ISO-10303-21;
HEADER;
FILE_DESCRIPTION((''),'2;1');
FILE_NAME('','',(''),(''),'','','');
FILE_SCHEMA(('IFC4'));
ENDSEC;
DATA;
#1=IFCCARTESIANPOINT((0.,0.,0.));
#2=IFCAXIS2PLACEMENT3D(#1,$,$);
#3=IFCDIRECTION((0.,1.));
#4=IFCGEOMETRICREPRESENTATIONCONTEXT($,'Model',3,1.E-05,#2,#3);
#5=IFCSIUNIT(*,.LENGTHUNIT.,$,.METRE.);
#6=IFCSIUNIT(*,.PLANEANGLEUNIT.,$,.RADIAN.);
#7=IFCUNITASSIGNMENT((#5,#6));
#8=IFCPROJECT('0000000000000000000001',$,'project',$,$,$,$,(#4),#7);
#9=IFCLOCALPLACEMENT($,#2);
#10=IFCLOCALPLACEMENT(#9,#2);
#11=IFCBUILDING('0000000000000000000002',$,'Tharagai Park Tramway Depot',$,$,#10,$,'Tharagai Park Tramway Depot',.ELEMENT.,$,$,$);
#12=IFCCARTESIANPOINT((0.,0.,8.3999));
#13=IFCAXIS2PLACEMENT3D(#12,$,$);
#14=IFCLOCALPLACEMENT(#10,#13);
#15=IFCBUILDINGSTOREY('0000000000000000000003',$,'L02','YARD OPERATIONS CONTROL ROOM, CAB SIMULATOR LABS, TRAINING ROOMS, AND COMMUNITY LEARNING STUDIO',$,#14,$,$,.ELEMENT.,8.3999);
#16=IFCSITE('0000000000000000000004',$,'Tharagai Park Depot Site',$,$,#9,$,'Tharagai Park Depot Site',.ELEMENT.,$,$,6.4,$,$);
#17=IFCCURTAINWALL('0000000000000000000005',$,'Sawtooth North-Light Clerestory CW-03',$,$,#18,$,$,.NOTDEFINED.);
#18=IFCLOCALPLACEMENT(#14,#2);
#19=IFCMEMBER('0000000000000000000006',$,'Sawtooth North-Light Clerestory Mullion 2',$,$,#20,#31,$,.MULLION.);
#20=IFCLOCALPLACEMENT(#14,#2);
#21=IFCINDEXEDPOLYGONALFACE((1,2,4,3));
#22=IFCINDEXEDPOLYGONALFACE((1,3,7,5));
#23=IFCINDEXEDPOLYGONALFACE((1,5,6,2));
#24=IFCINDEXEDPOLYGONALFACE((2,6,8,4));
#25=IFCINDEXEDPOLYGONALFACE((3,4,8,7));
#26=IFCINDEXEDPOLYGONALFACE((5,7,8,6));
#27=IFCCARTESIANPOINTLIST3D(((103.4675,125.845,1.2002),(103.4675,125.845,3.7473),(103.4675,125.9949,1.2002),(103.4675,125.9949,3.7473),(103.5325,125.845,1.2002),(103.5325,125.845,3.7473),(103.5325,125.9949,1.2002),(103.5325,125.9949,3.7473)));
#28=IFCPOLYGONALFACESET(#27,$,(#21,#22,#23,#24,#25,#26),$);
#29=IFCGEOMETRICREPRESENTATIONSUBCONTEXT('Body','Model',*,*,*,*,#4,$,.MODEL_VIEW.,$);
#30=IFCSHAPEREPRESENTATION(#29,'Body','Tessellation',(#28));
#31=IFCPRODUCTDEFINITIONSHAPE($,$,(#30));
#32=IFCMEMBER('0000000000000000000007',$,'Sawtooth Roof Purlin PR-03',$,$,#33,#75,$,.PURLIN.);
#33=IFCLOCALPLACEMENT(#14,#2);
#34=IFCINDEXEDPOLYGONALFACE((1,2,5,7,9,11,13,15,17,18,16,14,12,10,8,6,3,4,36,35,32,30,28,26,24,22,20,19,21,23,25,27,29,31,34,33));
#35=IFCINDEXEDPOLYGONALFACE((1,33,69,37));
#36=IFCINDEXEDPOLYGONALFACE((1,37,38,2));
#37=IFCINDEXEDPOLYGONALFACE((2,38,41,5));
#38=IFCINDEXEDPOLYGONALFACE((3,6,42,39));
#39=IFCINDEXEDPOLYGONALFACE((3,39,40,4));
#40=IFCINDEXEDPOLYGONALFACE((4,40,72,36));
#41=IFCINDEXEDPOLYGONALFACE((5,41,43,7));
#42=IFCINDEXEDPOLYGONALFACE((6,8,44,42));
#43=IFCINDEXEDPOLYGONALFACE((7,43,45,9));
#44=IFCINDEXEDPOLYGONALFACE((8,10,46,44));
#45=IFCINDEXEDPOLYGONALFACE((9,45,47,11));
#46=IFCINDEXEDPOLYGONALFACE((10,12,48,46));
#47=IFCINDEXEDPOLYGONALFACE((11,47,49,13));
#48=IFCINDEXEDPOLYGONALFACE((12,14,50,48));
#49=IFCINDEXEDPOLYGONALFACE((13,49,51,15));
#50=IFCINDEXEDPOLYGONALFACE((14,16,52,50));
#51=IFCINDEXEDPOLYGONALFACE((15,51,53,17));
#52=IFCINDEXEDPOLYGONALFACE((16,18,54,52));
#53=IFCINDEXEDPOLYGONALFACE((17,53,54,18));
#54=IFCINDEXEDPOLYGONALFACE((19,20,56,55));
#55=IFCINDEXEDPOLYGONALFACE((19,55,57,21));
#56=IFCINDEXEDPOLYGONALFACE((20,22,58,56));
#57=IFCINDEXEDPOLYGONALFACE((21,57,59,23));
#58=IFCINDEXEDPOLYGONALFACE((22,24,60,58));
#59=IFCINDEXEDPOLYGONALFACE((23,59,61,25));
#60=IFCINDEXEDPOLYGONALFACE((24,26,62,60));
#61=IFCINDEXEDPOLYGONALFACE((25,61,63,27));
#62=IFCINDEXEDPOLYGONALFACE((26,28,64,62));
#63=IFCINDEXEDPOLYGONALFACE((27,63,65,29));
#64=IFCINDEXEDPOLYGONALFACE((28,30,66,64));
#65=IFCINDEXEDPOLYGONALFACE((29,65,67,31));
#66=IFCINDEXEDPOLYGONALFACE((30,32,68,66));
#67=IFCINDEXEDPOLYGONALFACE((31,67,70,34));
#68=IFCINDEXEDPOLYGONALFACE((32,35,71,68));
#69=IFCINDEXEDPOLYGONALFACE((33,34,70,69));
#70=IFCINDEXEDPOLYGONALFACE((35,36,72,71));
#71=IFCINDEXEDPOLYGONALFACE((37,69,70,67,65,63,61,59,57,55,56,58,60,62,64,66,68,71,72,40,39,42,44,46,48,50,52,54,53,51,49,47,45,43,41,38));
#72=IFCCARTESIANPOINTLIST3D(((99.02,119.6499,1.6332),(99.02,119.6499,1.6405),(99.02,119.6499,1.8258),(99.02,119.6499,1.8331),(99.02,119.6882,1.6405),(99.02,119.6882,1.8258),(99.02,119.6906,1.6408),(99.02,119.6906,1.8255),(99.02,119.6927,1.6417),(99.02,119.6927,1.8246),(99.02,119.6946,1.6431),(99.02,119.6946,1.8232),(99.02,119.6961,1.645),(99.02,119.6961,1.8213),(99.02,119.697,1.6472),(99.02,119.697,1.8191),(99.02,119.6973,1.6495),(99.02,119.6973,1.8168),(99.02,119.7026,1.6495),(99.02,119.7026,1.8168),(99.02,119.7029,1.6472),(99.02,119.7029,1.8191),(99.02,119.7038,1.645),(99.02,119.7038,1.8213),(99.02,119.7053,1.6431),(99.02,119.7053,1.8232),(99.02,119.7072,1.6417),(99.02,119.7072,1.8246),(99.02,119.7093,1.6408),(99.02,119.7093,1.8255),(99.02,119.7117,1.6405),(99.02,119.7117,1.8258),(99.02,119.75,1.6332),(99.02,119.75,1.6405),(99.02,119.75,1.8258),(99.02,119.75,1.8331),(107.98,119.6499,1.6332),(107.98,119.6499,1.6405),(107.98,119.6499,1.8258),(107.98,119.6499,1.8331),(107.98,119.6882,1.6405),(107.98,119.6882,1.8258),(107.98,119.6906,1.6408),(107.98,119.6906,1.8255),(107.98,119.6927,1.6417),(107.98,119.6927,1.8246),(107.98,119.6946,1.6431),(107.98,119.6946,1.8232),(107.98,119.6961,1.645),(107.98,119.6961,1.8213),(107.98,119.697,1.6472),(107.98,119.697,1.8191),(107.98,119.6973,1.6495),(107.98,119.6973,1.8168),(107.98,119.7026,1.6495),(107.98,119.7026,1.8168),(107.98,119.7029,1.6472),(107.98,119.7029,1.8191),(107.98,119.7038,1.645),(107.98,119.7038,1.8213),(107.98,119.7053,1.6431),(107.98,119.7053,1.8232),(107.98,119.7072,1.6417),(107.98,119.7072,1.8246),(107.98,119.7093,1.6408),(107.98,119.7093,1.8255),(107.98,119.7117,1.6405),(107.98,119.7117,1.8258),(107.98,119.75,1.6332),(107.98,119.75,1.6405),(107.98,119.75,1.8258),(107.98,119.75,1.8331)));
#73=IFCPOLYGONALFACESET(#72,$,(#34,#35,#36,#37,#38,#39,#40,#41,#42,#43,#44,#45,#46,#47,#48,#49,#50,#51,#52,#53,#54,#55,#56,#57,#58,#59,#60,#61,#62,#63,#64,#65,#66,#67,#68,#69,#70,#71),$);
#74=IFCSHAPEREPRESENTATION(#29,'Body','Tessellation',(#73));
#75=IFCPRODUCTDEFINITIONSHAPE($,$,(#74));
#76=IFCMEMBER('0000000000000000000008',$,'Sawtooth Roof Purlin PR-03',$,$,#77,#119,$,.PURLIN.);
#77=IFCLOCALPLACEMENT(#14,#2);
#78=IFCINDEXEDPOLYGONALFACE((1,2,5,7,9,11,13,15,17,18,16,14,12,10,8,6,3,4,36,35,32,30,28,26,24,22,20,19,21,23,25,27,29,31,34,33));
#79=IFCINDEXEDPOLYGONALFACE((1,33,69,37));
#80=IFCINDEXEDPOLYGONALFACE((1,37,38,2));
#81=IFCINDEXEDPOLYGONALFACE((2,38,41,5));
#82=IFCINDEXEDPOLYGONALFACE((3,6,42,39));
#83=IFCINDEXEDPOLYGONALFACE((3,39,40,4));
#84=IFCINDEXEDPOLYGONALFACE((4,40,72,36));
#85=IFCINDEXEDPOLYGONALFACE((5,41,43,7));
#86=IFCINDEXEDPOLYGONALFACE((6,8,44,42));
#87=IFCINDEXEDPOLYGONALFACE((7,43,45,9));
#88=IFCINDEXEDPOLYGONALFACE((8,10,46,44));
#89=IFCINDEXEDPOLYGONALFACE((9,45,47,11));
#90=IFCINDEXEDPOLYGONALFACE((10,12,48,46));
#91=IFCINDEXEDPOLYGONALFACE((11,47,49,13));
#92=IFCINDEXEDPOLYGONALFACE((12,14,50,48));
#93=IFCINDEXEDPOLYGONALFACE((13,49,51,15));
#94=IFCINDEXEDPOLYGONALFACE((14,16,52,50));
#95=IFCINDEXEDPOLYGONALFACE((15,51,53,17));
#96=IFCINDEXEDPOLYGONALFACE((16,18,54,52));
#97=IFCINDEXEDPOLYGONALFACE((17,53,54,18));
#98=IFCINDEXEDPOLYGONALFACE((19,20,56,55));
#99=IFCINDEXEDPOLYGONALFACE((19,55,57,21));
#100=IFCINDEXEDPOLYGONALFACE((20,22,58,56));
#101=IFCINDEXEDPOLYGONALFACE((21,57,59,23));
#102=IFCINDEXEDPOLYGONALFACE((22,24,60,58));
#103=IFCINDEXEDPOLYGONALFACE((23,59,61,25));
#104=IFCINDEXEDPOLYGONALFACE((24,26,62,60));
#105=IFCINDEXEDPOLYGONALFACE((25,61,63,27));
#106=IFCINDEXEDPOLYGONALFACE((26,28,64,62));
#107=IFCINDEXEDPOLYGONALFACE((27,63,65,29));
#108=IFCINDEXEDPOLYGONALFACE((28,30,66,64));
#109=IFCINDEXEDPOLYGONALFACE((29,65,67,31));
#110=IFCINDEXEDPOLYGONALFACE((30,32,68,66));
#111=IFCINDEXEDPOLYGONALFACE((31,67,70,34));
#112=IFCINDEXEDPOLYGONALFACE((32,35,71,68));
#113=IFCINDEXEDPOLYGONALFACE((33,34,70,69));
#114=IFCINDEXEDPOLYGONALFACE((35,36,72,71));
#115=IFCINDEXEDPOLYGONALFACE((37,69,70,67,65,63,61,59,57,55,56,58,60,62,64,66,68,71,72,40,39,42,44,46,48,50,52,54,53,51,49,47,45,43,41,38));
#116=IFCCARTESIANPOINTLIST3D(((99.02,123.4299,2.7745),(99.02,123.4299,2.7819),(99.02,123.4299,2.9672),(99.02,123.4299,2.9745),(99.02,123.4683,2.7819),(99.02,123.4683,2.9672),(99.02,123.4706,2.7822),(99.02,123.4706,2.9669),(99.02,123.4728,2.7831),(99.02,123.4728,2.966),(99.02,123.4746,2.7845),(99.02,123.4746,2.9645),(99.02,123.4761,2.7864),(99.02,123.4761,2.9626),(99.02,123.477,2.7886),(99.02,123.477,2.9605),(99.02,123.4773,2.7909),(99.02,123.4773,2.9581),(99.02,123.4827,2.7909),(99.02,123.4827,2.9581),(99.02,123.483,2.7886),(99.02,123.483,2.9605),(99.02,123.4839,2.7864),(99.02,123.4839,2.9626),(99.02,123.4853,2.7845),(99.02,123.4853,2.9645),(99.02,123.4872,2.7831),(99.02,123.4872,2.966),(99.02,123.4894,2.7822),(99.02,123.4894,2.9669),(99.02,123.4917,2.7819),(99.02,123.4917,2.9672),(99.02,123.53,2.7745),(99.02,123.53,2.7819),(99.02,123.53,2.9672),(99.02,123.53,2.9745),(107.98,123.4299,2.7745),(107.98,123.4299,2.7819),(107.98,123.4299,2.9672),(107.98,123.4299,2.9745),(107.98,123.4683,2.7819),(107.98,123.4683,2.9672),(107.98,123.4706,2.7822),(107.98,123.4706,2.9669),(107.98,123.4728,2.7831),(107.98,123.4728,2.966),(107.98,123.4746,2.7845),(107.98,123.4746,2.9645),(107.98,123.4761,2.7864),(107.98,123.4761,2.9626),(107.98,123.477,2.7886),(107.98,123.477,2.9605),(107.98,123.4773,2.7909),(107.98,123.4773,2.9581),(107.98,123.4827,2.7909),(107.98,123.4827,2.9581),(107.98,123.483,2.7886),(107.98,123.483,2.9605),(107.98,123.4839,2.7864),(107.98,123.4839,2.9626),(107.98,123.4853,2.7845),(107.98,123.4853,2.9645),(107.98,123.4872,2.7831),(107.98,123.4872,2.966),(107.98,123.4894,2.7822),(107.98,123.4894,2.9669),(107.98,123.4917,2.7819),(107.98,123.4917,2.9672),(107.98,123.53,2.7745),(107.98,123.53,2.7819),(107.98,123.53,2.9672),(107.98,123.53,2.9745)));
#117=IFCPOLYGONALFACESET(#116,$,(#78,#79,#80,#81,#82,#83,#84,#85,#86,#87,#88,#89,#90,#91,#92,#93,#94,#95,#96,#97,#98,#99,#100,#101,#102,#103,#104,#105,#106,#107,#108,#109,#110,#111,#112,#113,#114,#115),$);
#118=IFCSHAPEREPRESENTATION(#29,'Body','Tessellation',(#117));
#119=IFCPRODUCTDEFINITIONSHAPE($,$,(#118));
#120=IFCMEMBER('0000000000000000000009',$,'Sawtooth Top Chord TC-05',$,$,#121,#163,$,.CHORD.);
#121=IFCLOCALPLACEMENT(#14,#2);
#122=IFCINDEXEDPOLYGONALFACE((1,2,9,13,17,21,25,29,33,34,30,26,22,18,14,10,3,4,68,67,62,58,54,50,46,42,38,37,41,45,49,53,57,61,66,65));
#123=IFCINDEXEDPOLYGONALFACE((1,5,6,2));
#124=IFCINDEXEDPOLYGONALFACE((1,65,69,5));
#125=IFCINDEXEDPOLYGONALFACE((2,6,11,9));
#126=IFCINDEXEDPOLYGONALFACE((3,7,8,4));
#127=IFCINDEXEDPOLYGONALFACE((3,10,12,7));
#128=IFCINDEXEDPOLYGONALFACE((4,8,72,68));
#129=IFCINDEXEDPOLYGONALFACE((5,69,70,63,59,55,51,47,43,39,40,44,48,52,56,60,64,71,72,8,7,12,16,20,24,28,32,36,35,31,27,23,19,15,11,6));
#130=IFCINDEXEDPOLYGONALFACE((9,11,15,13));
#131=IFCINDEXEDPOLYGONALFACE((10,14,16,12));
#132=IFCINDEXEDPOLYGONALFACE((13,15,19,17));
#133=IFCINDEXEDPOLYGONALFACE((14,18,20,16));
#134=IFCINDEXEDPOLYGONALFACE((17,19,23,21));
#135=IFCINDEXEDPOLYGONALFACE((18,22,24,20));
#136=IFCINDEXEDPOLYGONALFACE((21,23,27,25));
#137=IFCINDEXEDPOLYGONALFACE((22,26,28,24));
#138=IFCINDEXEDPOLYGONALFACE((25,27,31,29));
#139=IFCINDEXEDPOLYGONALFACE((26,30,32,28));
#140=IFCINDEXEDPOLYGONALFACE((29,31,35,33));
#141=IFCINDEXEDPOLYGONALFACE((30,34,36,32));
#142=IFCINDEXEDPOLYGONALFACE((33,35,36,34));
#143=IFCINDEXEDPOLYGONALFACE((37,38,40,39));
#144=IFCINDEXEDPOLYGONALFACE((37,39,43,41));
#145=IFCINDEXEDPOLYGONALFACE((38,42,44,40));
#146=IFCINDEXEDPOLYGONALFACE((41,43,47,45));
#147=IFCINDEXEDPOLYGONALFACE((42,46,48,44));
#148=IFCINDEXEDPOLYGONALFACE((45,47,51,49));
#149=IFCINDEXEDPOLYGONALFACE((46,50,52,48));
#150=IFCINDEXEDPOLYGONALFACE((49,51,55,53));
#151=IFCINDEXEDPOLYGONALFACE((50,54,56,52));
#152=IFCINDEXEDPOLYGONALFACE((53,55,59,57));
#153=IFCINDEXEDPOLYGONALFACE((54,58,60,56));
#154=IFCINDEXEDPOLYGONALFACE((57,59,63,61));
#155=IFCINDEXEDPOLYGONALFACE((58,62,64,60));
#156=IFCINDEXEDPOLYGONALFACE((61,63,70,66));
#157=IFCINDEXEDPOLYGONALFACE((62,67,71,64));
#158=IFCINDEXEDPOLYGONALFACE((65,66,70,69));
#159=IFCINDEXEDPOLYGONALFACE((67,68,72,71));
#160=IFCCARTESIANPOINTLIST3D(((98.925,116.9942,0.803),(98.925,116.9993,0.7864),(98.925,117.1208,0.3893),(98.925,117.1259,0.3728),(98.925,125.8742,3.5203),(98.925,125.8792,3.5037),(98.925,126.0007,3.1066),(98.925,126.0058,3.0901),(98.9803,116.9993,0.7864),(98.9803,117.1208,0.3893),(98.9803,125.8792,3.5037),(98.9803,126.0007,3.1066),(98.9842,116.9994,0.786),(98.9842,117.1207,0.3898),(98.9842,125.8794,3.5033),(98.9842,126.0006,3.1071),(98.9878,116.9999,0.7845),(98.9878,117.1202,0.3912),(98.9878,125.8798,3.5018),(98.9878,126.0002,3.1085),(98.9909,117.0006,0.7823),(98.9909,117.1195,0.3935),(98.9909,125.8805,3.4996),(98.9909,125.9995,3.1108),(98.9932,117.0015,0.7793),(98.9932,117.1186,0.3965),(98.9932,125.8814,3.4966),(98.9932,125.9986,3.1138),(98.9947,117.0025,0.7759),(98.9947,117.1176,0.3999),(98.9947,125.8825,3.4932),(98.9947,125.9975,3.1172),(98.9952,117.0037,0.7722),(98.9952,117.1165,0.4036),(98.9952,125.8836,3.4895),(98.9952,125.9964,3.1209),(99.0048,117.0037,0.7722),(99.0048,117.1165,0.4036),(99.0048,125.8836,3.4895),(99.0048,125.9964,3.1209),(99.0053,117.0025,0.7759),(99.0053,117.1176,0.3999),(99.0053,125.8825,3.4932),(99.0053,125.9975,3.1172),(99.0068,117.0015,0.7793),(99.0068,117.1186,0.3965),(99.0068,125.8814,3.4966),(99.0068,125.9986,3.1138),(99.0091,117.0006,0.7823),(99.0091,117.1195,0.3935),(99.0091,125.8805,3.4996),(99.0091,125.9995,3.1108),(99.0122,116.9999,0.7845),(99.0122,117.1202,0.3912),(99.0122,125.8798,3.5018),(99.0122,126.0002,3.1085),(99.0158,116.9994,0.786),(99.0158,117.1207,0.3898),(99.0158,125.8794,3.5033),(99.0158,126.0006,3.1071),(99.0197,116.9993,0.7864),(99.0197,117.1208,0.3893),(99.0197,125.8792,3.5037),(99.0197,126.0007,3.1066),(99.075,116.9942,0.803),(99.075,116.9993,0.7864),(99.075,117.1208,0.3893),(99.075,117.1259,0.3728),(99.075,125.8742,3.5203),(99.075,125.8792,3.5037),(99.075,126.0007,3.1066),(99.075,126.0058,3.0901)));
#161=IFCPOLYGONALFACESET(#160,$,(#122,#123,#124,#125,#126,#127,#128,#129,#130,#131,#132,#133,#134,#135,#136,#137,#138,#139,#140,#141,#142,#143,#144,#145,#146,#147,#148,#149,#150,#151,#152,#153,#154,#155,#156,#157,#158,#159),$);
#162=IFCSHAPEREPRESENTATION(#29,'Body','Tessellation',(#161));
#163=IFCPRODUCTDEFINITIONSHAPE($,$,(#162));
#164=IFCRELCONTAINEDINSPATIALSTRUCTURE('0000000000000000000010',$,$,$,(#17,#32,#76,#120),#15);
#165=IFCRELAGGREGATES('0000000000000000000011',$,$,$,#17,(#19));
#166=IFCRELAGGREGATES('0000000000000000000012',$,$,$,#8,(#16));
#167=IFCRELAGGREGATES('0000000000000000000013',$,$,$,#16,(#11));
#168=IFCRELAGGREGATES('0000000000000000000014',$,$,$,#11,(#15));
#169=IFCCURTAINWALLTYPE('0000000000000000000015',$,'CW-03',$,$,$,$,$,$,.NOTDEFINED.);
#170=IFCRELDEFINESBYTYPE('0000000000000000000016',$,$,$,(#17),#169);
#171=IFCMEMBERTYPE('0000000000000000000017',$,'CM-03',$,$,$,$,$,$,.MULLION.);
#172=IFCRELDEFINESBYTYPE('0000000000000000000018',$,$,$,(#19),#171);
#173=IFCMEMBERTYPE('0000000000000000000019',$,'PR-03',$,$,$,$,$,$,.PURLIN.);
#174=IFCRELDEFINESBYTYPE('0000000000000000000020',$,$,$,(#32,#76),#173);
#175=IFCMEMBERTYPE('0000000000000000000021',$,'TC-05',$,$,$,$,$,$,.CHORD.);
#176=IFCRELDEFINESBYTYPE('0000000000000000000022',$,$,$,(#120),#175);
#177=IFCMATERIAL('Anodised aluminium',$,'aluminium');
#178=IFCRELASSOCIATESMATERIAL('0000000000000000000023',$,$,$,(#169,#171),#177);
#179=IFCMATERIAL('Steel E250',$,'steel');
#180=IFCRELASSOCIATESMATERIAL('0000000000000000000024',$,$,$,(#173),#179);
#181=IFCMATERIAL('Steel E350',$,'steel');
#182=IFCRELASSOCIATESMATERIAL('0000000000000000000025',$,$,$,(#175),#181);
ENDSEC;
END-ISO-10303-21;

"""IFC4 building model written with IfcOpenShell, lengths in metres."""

from ifc_helpers import new_model, si_unit, direction, frame, origin, origin_2d, place, context, subcontext, project, spatial, rectangle, i_section, extrude, material, material_profile, profile_set, type_object, element, aggregate, save


model = new_model("IFC4")

# Units and contexts
model_context = context("Model", 3, precision=1e-05, world=origin(), true_north=direction((0.0, 1.0)))
body_context = subcontext(model_context, "Body", "Model", "MODEL_VIEW")
ifc_project = project(units=[si_unit("LENGTHUNIT", "METRE"), si_unit("PLANEANGLEUNIT", "RADIAN")], contexts=[model_context])

# Site, building, storey
site_placement = place(None, origin())
site = spatial("IfcSite", under=ifc_project, at=site_placement, Name="Tharagai Park Depot Site", LongName="Tharagai Park Depot Site", CompositionType="ELEMENT", RefElevation=6.4)
building_placement = place(site_placement, origin())
building = spatial("IfcBuilding", under=site, at=building_placement, Name="Tharagai Park Tramway Depot", LongName="Tharagai Park Tramway Depot", CompositionType="ELEMENT")
storey_placement = place(building_placement, frame((0.0, 0.0, 8.3999)))
storey = spatial("IfcBuildingStorey", under=building, at=storey_placement, Name="L02", Description="YARD OPERATIONS CONTROL ROOM, CAB SIMULATOR LABS, TRAINING ROOMS, AND COMMUNITY LEARNING STUDIO", CompositionType="ELEMENT", Elevation=8.3999)

# Shared definitions
ifc_material_1 = material(Name="Steel E350", Category="steel")

# Shared definitions
ifc_material_2 = material(Name="Anodised aluminium", Category="aluminium")

# Curtain wall
curtain_wall_type_1 = type_object("IfcCurtainWallType", Name="CW-03", PredefinedType="NOTDEFINED", material=ifc_material_2)
curtain_wall_1_placement = place(storey_placement, origin())
curtain_wall_1 = element("IfcCurtainWall", 1, at=curtain_wall_1_placement, inside=storey, type_object=curtain_wall_type_1, Name="Sawtooth North-Light Clerestory CW-03", PredefinedType="NOTDEFINED")

# Member
ifc_material_profile_1 = material_profile(ifc_material_2, rectangle(XDim=0.0649, YDim=0.1499, at=origin_2d()), Name="ALU 65x150")
ifc_profile_set_1 = profile_set([ifc_material_profile_1], Name="Anodised aluminium")
member_type_1 = type_object("IfcMemberType", Name="CM-03", PredefinedType="MULLION", material=ifc_profile_set_1)
member_1_placement = place(storey_placement, frame((103.5, 125.9199, 1.2002), z_axis=(0.0, 0.0, 1.0), x_axis=(1.0, 0.0, 0.0)))
member_1 = element("IfcMember", 2, at=member_1_placement, type_object=member_type_1, Name="Sawtooth North-Light Clerestory Mullion 2", PredefinedType="MULLION", context=body_context, shape_type="SweptSolid", body=[
    extrude(rectangle(XDim=0.0649, YDim=0.1499, at=origin_2d()), origin(), (0.0, 0.0, 1.0), 2.5471),
])

# Members
ifc_material_3 = material(Name="Steel E250", Category="steel")
ifc_material_profile_2 = material_profile(ifc_material_3, i_section(OverallWidth=0.1001, OverallDepth=0.2, WebThickness=0.0054, FlangeThickness=0.0073, FilletRadius=0.009, at=origin_2d()), Name="ISLB 200")
ifc_profile_set_2 = profile_set([ifc_material_profile_2], Name="Steel E250")
member_type_2 = type_object("IfcMemberType", Name="PR-03", PredefinedType="PURLIN", material=ifc_profile_set_2)
for number, where, z_axis, x_axis, name in (
    (3, (99.02, 119.7, 1.7332), (1.0, 0.0, 0.0), (0.0, 1.0, 0.0), "Sawtooth Roof Purlin PR-03"),
    (4, (99.02, 123.48, 2.8745), (1.0, 0.0, 0.0), (0.0, 1.0, 0.0), "Sawtooth Roof Purlin PR-03"),
):
    element("IfcMember", number, at=place(storey_placement, frame(where, z_axis=z_axis, x_axis=x_axis)), inside=storey, type_object=member_type_2, Name=name, PredefinedType="PURLIN", context=body_context, shape_type="SweptSolid", body=[
        extrude(i_section(OverallWidth=0.1001, OverallDepth=0.2, WebThickness=0.0054, FlangeThickness=0.0073, FilletRadius=0.009, at=origin_2d()), origin(), (0.0, 0.0, 1.0), 8.96),
    ])
ifc_material_profile_3 = material_profile(ifc_material_1, i_section(OverallWidth=0.1499, OverallDepth=0.45, WebThickness=0.0095, FlangeThickness=0.0173, FilletRadius=0.0149, at=origin_2d()), Name="ISMB 450")
ifc_profile_set_3 = profile_set([ifc_material_profile_3], Name="Steel E350")
member_type_3 = type_object("IfcMemberType", Name="TC-05", PredefinedType="CHORD", material=ifc_profile_set_3)
member_2_placement = place(storey_placement, frame((99.0, 117.0601, 0.5879), z_axis=(0.0, 0.956231, 0.292611), x_axis=(-1.0, 0.0, 0.0)))
element("IfcMember", 5, at=member_2_placement, inside=storey, type_object=member_type_3, Name="Sawtooth Top Chord TC-05", PredefinedType="CHORD", context=body_context, shape_type="SweptSolid", body=[
    extrude(i_section(OverallWidth=0.1499, OverallDepth=0.45, WebThickness=0.0095, FlangeThickness=0.0173, FilletRadius=0.0149, at=origin_2d()), origin(), (0.0, 0.0, 1.0), 9.2864),
])

aggregate(curtain_wall_1, [member_1])

save(model, "model.ifc")
